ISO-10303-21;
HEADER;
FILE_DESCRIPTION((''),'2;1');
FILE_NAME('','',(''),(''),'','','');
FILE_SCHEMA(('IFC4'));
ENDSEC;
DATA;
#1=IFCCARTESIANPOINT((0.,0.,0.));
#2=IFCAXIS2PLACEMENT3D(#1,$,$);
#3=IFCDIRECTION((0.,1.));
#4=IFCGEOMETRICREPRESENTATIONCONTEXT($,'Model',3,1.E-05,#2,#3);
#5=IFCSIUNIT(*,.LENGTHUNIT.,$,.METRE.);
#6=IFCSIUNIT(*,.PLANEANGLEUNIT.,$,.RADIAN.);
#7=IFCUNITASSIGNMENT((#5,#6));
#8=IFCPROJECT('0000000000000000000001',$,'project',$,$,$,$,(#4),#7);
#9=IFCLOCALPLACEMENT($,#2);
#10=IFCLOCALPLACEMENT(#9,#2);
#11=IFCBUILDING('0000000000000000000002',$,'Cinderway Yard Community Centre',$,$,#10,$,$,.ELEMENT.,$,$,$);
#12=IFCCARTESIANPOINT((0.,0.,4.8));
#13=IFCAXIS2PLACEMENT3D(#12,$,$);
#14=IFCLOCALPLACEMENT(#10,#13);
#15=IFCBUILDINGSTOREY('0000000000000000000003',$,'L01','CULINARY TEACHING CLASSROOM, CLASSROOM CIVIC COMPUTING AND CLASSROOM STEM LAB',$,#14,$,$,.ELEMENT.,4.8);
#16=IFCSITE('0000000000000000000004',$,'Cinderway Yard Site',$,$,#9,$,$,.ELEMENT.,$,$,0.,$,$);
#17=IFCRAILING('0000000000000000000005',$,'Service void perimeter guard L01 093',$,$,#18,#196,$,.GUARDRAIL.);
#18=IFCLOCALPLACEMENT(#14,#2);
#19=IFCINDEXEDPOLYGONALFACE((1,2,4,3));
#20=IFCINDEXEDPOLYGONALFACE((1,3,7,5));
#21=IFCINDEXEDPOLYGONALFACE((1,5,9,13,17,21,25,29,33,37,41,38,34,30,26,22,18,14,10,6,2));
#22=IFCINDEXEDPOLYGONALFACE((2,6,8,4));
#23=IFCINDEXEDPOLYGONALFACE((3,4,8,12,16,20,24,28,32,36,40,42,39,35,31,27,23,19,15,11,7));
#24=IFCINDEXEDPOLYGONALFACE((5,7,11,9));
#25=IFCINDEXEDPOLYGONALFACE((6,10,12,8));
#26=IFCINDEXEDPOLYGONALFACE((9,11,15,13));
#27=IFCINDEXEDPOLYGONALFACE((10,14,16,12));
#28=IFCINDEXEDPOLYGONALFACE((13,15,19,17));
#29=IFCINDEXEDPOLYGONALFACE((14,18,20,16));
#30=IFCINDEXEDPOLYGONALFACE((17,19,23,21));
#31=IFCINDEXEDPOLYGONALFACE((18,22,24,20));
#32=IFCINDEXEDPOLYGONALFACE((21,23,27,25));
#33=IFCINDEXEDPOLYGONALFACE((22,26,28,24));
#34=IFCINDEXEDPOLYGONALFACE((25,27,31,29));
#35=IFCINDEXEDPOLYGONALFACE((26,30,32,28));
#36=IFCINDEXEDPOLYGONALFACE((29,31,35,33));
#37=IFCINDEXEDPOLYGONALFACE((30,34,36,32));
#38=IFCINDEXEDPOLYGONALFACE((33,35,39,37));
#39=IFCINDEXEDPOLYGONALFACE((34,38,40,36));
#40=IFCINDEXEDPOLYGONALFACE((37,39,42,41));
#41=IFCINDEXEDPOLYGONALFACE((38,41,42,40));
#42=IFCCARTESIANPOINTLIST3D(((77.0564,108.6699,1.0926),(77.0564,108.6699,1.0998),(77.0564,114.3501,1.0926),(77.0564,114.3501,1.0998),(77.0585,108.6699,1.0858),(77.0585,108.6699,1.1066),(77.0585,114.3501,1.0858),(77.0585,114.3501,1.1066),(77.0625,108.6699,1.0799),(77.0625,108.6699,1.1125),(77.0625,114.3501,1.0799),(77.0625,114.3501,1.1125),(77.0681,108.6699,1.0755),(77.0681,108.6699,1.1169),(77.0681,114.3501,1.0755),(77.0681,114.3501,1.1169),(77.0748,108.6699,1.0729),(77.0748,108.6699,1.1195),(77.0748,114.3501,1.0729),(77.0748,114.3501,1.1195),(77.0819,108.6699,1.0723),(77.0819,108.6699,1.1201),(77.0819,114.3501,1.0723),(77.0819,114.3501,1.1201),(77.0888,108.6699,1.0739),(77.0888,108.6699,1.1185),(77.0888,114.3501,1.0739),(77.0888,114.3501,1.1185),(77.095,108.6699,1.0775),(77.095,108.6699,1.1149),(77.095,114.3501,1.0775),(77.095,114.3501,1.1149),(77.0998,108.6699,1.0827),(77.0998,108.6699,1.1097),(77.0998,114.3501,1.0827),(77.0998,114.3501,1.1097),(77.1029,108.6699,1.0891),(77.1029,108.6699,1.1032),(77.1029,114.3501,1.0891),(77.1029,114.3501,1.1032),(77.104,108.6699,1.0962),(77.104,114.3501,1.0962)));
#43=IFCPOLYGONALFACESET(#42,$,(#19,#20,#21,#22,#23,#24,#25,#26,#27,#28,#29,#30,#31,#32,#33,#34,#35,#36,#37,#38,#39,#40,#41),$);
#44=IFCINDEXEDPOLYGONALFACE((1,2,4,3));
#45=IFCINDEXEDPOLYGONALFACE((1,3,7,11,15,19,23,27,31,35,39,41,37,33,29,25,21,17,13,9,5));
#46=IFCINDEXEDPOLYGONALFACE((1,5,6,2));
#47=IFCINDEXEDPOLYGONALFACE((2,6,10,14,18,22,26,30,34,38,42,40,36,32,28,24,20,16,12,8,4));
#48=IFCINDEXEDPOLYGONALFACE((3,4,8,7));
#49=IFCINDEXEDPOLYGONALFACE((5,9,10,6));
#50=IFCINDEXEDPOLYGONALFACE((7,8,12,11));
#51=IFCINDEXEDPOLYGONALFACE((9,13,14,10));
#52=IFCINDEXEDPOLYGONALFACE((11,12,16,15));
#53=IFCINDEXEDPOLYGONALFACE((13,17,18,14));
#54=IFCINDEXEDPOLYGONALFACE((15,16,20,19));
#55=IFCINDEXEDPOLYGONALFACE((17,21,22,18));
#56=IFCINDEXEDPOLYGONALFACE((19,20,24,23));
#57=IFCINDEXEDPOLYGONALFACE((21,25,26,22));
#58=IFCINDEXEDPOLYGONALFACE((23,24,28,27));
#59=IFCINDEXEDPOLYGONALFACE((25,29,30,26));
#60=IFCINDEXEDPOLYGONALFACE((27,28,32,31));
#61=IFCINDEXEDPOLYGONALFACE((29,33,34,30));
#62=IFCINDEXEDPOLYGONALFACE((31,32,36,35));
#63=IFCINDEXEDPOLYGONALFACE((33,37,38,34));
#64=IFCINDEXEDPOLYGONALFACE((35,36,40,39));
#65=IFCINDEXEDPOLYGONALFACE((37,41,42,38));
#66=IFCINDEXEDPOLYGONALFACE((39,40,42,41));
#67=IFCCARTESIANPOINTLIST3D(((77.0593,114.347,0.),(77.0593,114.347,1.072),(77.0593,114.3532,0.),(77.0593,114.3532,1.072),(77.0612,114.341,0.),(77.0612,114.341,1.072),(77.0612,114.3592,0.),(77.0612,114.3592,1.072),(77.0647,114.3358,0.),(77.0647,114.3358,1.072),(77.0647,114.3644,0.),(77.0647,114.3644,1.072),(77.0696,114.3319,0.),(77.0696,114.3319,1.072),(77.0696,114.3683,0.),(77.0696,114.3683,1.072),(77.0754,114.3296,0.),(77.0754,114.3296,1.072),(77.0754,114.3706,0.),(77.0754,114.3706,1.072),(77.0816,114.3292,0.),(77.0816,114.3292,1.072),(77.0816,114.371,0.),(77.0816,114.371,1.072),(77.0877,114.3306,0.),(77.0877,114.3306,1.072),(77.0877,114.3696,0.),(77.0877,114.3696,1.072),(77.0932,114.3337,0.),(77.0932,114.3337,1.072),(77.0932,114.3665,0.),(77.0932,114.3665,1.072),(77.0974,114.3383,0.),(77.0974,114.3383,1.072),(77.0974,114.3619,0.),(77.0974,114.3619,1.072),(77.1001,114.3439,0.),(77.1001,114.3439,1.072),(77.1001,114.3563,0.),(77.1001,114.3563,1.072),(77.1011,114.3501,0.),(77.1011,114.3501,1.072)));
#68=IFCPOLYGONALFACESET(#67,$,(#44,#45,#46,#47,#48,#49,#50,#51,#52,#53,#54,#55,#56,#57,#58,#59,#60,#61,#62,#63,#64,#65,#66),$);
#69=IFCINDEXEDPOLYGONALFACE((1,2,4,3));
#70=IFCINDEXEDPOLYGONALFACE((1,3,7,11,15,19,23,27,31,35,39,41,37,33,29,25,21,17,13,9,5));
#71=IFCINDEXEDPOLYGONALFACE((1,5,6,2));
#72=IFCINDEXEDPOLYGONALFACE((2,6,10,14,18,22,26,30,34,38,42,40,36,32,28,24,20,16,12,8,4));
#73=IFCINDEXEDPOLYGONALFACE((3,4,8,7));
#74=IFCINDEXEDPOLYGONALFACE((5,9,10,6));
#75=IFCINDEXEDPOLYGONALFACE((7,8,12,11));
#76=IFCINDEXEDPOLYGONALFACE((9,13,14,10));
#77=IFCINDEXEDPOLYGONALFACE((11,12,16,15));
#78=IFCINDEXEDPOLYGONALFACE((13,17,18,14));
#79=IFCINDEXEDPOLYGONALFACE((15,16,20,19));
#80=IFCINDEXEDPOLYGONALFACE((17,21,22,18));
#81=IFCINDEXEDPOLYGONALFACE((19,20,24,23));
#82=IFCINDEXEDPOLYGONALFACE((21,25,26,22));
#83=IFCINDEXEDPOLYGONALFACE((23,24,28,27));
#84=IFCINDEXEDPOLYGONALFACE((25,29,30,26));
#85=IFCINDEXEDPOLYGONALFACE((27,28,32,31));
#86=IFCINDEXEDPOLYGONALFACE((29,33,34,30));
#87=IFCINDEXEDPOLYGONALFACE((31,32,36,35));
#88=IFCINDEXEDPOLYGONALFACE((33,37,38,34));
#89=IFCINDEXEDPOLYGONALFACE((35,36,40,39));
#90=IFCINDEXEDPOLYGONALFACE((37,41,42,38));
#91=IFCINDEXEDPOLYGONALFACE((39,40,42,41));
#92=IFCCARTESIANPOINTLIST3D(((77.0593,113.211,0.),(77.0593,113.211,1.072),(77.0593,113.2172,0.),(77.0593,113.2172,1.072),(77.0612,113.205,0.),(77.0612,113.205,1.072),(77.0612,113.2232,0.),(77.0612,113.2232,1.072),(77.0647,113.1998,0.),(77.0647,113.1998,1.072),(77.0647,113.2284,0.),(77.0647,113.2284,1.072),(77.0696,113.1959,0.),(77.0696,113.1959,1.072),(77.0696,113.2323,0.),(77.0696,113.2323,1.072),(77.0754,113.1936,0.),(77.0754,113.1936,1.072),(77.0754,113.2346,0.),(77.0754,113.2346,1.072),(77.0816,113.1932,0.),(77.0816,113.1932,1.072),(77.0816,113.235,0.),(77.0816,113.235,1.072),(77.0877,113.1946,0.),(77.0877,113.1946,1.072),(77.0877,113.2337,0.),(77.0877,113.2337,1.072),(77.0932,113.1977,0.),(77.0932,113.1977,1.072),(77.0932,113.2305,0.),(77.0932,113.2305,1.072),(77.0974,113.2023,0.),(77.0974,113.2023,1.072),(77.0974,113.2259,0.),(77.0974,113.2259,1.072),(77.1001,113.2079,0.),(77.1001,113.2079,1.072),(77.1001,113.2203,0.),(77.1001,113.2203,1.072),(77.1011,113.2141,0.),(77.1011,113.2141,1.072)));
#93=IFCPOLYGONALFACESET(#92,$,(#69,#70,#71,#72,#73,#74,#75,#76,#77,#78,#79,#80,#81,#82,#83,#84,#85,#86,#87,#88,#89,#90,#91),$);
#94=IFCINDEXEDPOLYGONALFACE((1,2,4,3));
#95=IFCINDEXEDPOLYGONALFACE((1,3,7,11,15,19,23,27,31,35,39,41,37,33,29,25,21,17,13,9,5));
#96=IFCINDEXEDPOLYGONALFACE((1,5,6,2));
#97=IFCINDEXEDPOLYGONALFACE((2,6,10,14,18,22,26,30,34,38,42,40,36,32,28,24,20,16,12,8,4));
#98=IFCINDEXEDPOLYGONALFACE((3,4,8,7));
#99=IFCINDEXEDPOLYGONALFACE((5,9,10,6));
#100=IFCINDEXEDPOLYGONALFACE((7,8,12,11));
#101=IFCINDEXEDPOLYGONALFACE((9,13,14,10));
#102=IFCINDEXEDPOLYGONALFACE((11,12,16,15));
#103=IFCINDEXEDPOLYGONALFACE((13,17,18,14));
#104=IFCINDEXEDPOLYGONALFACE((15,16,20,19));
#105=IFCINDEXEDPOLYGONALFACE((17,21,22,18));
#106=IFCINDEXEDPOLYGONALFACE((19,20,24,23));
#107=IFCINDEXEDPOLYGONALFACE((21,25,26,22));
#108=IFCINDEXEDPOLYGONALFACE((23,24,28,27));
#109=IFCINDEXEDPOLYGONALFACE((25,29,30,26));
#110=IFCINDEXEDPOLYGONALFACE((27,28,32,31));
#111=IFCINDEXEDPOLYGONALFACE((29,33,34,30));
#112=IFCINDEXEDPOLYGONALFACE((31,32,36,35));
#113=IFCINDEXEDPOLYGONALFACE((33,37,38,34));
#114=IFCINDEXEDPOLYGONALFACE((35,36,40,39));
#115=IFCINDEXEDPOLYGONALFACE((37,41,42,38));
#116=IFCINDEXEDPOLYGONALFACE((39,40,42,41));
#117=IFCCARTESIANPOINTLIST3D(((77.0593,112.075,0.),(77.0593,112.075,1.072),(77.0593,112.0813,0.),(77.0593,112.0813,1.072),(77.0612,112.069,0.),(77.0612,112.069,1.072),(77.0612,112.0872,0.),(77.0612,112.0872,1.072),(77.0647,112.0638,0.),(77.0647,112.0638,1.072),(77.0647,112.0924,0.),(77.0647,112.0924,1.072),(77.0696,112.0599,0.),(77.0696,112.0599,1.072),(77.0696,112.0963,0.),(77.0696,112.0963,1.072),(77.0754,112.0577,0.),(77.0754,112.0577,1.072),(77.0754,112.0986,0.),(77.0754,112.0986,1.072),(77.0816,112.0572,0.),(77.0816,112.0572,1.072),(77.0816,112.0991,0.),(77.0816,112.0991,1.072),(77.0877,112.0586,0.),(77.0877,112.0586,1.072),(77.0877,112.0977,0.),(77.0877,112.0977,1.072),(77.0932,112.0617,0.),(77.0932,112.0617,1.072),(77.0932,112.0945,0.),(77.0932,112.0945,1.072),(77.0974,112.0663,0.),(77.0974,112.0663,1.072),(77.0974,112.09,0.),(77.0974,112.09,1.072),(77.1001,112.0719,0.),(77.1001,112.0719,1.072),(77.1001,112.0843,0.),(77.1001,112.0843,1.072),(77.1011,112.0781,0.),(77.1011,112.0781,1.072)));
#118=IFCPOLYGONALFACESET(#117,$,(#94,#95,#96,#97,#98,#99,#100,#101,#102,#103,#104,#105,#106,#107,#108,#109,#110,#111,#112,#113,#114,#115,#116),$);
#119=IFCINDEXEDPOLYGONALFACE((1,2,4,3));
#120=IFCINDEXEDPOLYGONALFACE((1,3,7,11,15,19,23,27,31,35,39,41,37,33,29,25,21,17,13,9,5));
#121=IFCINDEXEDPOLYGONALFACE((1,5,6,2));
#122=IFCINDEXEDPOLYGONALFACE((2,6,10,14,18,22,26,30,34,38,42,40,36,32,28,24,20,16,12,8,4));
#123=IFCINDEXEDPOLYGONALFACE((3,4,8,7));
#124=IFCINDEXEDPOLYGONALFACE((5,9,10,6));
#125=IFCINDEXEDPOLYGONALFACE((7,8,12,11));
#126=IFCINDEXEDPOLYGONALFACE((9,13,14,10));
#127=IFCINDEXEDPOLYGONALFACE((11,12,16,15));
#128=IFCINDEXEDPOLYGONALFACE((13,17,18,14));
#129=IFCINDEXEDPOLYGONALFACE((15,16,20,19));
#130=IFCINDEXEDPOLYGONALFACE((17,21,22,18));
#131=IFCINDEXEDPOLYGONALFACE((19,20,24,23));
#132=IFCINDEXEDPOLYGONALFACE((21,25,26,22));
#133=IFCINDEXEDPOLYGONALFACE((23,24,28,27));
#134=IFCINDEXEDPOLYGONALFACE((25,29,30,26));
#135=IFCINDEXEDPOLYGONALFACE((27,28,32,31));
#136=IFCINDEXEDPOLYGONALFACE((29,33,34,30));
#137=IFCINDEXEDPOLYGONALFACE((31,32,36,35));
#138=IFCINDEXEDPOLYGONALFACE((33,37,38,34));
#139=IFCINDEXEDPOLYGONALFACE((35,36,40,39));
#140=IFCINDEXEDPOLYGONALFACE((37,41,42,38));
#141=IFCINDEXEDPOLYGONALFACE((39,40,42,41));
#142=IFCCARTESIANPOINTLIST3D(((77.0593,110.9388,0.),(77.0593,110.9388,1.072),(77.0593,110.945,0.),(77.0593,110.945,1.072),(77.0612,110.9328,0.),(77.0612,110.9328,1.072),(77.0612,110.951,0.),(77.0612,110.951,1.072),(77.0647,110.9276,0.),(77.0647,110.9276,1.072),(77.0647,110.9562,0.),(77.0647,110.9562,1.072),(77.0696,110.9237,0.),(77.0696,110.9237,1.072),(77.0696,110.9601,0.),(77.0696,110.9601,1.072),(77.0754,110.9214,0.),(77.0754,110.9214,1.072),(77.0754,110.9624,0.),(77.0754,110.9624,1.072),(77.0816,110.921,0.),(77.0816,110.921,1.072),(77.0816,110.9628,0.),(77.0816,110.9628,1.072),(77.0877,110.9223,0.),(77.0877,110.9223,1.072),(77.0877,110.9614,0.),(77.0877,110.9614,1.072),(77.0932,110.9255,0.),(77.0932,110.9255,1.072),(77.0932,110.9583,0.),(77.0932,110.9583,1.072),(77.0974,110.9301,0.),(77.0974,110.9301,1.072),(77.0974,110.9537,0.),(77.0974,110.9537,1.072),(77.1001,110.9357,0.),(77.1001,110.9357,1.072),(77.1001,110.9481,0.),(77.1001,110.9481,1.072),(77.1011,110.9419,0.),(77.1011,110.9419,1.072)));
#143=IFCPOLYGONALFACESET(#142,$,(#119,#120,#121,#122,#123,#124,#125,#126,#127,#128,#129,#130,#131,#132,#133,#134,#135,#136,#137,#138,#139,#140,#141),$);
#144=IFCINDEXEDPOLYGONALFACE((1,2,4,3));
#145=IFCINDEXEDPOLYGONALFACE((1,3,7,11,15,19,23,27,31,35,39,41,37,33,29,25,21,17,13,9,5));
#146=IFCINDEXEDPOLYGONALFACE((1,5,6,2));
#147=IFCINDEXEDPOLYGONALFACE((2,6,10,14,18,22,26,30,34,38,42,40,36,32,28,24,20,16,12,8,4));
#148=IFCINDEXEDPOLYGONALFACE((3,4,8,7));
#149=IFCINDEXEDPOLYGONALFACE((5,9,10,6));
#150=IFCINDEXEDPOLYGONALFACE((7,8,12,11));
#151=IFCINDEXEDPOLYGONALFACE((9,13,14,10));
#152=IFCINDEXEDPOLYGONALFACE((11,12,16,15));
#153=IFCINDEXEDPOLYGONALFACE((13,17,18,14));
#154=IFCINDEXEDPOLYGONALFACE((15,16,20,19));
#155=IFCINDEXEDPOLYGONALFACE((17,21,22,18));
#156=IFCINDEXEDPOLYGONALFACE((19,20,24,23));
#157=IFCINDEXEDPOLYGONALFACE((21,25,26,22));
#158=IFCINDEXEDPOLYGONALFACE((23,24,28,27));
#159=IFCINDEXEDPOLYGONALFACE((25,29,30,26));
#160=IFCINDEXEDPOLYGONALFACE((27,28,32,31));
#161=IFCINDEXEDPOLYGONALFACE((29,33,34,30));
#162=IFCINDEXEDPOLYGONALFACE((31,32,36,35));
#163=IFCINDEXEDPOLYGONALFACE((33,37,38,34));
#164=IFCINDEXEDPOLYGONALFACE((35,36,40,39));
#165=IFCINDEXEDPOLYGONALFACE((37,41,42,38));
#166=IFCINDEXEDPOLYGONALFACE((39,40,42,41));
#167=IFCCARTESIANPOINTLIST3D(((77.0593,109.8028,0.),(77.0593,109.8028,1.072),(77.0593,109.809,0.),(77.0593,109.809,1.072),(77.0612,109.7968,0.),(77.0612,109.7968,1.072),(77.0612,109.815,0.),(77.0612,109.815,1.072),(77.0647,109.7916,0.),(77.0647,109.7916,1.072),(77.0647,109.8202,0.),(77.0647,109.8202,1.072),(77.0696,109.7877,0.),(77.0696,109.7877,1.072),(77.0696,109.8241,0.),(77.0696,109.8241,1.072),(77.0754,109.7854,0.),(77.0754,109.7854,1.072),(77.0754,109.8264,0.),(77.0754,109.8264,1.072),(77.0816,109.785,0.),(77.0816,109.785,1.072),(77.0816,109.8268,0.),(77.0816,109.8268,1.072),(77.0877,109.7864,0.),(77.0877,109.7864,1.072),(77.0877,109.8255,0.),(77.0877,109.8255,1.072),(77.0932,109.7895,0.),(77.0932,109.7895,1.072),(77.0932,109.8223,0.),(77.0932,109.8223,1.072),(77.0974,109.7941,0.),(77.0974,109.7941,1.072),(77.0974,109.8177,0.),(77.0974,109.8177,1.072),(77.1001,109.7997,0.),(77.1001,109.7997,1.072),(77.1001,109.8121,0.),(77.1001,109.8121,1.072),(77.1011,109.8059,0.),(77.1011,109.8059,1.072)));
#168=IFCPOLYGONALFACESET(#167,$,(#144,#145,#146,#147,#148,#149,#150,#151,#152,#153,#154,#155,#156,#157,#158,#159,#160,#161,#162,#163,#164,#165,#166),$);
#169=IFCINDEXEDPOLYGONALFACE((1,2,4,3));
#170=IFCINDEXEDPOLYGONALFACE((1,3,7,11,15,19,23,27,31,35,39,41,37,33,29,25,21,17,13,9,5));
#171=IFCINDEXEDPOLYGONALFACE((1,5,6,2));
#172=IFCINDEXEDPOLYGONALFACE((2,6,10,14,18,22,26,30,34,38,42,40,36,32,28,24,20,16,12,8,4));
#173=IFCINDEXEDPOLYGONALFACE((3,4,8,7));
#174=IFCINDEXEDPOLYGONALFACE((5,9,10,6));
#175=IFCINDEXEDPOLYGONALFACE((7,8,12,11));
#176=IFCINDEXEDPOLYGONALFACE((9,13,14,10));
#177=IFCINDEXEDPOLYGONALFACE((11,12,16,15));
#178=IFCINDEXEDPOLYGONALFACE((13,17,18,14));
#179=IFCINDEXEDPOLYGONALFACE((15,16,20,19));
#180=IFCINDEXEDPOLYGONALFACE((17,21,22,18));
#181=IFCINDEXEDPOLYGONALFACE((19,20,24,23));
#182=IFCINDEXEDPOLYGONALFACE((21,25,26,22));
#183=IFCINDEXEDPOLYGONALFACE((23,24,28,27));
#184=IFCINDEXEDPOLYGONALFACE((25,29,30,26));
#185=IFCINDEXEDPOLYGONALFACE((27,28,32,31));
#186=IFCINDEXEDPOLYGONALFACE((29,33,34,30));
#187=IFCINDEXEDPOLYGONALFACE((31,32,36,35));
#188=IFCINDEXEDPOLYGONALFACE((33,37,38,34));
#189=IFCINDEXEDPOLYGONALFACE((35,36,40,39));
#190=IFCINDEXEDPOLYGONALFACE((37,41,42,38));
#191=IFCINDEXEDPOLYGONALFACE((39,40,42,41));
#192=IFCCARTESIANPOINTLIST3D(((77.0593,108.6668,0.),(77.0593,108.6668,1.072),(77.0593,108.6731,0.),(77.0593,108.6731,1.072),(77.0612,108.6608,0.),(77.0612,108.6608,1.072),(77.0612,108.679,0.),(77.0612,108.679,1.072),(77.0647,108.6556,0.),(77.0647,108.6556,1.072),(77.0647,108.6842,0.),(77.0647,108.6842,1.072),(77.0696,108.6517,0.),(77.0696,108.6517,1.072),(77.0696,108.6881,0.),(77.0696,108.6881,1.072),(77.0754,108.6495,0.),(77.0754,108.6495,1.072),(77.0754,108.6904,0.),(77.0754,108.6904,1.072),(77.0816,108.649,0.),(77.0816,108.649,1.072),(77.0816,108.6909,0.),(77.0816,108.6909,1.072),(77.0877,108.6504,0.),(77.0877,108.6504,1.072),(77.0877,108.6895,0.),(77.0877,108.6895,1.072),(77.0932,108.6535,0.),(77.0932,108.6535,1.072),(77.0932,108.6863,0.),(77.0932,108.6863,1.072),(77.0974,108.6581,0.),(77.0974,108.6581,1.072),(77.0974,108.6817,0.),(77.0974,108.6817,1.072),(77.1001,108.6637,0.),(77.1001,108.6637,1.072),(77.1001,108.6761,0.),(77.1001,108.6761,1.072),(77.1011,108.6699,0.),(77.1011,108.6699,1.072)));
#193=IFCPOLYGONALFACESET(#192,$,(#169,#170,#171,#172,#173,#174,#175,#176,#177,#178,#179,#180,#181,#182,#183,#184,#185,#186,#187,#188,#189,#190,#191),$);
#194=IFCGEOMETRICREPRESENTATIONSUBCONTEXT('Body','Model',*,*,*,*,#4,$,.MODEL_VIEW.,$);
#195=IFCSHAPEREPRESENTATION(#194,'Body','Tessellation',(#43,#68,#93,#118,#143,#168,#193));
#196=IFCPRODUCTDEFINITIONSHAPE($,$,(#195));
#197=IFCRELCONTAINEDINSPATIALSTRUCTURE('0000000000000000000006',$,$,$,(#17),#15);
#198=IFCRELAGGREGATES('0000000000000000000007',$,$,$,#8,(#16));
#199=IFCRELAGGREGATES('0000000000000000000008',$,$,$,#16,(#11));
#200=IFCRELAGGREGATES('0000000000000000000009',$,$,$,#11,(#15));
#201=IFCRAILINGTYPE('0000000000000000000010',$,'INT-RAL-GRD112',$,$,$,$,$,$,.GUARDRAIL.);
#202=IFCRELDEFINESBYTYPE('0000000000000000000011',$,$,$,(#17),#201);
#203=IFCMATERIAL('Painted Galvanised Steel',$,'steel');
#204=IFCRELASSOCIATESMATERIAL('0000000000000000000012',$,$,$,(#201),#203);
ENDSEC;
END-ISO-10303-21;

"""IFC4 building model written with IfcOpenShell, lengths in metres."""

from ifc_helpers import new_model, si_unit, direction, frame, origin, origin_2d, place, context, subcontext, project, spatial, circle, extrude, material, type_object, element, save


model = new_model("IFC4")

# Units and contexts
model_context = context("Model", 3, precision=1e-05, world=origin(), true_north=direction((0.0, 1.0)))
body_context = subcontext(model_context, "Body", "Model", "MODEL_VIEW")
ifc_project = project(units=[si_unit("LENGTHUNIT", "METRE"), si_unit("PLANEANGLEUNIT", "RADIAN")], contexts=[model_context])

# Site, building, storey
site_placement = place(None, origin())
site = spatial("IfcSite", under=ifc_project, at=site_placement, Name="Cinderway Yard Site", CompositionType="ELEMENT", RefElevation=0.0)
building_placement = place(site_placement, origin())
building = spatial("IfcBuilding", under=site, at=building_placement, Name="Cinderway Yard Community Centre", CompositionType="ELEMENT")
storey_placement = place(building_placement, frame((0.0, 0.0, 4.8)))
storey = spatial("IfcBuildingStorey", under=building, at=storey_placement, Name="L01", Description="CULINARY TEACHING CLASSROOM, CLASSROOM CIVIC COMPUTING AND CLASSROOM STEM LAB", CompositionType="ELEMENT", Elevation=4.8)

# Shared definitions
ifc_material_1 = material(Name="Painted Galvanised Steel", Category="steel")

# Railing
railing_type_1 = type_object("IfcRailingType", Name="INT-RAL-GRD112", PredefinedType="GUARDRAIL", material=ifc_material_1)
railing_1_placement = place(storey_placement, frame((77.0801, 114.3501, 0.0)))
element("IfcRailing", 1, at=railing_1_placement, inside=storey, type_object=railing_type_1, Name="Service void perimeter guard L01 093", PredefinedType="GUARDRAIL", context=body_context, shape_type="SweptSolid", body=[
    extrude(circle(Radius=0.0239, at=origin_2d()), frame((0.0, 0.0, 1.0962), z_axis=(0.0, -1.0, 0.0), x_axis=(1.0, 0.0, 0.0)), (0.0, 0.0, 1.0), 5.6802),
    extrude(circle(Radius=0.021, at=origin_2d()), origin(), (0.0, 0.0, 1.0), 1.072),
    extrude(circle(Radius=0.021, at=origin_2d()), frame((0.0, -1.136, 0.0)), (0.0, 0.0, 1.0), 1.072),
    extrude(circle(Radius=0.021, at=origin_2d()), frame((0.0, -2.272, 0.0)), (0.0, 0.0, 1.0), 1.072),
    extrude(circle(Radius=0.021, at=origin_2d()), frame((0.0, -3.4082, 0.0)), (0.0, 0.0, 1.0), 1.072),
    extrude(circle(Radius=0.021, at=origin_2d()), frame((0.0, -4.5442, 0.0)), (0.0, 0.0, 1.0), 1.072),
    extrude(circle(Radius=0.021, at=origin_2d()), frame((0.0, -5.6802, 0.0)), (0.0, 0.0, 1.0), 1.072),
])

save(model, "model.ifc")
